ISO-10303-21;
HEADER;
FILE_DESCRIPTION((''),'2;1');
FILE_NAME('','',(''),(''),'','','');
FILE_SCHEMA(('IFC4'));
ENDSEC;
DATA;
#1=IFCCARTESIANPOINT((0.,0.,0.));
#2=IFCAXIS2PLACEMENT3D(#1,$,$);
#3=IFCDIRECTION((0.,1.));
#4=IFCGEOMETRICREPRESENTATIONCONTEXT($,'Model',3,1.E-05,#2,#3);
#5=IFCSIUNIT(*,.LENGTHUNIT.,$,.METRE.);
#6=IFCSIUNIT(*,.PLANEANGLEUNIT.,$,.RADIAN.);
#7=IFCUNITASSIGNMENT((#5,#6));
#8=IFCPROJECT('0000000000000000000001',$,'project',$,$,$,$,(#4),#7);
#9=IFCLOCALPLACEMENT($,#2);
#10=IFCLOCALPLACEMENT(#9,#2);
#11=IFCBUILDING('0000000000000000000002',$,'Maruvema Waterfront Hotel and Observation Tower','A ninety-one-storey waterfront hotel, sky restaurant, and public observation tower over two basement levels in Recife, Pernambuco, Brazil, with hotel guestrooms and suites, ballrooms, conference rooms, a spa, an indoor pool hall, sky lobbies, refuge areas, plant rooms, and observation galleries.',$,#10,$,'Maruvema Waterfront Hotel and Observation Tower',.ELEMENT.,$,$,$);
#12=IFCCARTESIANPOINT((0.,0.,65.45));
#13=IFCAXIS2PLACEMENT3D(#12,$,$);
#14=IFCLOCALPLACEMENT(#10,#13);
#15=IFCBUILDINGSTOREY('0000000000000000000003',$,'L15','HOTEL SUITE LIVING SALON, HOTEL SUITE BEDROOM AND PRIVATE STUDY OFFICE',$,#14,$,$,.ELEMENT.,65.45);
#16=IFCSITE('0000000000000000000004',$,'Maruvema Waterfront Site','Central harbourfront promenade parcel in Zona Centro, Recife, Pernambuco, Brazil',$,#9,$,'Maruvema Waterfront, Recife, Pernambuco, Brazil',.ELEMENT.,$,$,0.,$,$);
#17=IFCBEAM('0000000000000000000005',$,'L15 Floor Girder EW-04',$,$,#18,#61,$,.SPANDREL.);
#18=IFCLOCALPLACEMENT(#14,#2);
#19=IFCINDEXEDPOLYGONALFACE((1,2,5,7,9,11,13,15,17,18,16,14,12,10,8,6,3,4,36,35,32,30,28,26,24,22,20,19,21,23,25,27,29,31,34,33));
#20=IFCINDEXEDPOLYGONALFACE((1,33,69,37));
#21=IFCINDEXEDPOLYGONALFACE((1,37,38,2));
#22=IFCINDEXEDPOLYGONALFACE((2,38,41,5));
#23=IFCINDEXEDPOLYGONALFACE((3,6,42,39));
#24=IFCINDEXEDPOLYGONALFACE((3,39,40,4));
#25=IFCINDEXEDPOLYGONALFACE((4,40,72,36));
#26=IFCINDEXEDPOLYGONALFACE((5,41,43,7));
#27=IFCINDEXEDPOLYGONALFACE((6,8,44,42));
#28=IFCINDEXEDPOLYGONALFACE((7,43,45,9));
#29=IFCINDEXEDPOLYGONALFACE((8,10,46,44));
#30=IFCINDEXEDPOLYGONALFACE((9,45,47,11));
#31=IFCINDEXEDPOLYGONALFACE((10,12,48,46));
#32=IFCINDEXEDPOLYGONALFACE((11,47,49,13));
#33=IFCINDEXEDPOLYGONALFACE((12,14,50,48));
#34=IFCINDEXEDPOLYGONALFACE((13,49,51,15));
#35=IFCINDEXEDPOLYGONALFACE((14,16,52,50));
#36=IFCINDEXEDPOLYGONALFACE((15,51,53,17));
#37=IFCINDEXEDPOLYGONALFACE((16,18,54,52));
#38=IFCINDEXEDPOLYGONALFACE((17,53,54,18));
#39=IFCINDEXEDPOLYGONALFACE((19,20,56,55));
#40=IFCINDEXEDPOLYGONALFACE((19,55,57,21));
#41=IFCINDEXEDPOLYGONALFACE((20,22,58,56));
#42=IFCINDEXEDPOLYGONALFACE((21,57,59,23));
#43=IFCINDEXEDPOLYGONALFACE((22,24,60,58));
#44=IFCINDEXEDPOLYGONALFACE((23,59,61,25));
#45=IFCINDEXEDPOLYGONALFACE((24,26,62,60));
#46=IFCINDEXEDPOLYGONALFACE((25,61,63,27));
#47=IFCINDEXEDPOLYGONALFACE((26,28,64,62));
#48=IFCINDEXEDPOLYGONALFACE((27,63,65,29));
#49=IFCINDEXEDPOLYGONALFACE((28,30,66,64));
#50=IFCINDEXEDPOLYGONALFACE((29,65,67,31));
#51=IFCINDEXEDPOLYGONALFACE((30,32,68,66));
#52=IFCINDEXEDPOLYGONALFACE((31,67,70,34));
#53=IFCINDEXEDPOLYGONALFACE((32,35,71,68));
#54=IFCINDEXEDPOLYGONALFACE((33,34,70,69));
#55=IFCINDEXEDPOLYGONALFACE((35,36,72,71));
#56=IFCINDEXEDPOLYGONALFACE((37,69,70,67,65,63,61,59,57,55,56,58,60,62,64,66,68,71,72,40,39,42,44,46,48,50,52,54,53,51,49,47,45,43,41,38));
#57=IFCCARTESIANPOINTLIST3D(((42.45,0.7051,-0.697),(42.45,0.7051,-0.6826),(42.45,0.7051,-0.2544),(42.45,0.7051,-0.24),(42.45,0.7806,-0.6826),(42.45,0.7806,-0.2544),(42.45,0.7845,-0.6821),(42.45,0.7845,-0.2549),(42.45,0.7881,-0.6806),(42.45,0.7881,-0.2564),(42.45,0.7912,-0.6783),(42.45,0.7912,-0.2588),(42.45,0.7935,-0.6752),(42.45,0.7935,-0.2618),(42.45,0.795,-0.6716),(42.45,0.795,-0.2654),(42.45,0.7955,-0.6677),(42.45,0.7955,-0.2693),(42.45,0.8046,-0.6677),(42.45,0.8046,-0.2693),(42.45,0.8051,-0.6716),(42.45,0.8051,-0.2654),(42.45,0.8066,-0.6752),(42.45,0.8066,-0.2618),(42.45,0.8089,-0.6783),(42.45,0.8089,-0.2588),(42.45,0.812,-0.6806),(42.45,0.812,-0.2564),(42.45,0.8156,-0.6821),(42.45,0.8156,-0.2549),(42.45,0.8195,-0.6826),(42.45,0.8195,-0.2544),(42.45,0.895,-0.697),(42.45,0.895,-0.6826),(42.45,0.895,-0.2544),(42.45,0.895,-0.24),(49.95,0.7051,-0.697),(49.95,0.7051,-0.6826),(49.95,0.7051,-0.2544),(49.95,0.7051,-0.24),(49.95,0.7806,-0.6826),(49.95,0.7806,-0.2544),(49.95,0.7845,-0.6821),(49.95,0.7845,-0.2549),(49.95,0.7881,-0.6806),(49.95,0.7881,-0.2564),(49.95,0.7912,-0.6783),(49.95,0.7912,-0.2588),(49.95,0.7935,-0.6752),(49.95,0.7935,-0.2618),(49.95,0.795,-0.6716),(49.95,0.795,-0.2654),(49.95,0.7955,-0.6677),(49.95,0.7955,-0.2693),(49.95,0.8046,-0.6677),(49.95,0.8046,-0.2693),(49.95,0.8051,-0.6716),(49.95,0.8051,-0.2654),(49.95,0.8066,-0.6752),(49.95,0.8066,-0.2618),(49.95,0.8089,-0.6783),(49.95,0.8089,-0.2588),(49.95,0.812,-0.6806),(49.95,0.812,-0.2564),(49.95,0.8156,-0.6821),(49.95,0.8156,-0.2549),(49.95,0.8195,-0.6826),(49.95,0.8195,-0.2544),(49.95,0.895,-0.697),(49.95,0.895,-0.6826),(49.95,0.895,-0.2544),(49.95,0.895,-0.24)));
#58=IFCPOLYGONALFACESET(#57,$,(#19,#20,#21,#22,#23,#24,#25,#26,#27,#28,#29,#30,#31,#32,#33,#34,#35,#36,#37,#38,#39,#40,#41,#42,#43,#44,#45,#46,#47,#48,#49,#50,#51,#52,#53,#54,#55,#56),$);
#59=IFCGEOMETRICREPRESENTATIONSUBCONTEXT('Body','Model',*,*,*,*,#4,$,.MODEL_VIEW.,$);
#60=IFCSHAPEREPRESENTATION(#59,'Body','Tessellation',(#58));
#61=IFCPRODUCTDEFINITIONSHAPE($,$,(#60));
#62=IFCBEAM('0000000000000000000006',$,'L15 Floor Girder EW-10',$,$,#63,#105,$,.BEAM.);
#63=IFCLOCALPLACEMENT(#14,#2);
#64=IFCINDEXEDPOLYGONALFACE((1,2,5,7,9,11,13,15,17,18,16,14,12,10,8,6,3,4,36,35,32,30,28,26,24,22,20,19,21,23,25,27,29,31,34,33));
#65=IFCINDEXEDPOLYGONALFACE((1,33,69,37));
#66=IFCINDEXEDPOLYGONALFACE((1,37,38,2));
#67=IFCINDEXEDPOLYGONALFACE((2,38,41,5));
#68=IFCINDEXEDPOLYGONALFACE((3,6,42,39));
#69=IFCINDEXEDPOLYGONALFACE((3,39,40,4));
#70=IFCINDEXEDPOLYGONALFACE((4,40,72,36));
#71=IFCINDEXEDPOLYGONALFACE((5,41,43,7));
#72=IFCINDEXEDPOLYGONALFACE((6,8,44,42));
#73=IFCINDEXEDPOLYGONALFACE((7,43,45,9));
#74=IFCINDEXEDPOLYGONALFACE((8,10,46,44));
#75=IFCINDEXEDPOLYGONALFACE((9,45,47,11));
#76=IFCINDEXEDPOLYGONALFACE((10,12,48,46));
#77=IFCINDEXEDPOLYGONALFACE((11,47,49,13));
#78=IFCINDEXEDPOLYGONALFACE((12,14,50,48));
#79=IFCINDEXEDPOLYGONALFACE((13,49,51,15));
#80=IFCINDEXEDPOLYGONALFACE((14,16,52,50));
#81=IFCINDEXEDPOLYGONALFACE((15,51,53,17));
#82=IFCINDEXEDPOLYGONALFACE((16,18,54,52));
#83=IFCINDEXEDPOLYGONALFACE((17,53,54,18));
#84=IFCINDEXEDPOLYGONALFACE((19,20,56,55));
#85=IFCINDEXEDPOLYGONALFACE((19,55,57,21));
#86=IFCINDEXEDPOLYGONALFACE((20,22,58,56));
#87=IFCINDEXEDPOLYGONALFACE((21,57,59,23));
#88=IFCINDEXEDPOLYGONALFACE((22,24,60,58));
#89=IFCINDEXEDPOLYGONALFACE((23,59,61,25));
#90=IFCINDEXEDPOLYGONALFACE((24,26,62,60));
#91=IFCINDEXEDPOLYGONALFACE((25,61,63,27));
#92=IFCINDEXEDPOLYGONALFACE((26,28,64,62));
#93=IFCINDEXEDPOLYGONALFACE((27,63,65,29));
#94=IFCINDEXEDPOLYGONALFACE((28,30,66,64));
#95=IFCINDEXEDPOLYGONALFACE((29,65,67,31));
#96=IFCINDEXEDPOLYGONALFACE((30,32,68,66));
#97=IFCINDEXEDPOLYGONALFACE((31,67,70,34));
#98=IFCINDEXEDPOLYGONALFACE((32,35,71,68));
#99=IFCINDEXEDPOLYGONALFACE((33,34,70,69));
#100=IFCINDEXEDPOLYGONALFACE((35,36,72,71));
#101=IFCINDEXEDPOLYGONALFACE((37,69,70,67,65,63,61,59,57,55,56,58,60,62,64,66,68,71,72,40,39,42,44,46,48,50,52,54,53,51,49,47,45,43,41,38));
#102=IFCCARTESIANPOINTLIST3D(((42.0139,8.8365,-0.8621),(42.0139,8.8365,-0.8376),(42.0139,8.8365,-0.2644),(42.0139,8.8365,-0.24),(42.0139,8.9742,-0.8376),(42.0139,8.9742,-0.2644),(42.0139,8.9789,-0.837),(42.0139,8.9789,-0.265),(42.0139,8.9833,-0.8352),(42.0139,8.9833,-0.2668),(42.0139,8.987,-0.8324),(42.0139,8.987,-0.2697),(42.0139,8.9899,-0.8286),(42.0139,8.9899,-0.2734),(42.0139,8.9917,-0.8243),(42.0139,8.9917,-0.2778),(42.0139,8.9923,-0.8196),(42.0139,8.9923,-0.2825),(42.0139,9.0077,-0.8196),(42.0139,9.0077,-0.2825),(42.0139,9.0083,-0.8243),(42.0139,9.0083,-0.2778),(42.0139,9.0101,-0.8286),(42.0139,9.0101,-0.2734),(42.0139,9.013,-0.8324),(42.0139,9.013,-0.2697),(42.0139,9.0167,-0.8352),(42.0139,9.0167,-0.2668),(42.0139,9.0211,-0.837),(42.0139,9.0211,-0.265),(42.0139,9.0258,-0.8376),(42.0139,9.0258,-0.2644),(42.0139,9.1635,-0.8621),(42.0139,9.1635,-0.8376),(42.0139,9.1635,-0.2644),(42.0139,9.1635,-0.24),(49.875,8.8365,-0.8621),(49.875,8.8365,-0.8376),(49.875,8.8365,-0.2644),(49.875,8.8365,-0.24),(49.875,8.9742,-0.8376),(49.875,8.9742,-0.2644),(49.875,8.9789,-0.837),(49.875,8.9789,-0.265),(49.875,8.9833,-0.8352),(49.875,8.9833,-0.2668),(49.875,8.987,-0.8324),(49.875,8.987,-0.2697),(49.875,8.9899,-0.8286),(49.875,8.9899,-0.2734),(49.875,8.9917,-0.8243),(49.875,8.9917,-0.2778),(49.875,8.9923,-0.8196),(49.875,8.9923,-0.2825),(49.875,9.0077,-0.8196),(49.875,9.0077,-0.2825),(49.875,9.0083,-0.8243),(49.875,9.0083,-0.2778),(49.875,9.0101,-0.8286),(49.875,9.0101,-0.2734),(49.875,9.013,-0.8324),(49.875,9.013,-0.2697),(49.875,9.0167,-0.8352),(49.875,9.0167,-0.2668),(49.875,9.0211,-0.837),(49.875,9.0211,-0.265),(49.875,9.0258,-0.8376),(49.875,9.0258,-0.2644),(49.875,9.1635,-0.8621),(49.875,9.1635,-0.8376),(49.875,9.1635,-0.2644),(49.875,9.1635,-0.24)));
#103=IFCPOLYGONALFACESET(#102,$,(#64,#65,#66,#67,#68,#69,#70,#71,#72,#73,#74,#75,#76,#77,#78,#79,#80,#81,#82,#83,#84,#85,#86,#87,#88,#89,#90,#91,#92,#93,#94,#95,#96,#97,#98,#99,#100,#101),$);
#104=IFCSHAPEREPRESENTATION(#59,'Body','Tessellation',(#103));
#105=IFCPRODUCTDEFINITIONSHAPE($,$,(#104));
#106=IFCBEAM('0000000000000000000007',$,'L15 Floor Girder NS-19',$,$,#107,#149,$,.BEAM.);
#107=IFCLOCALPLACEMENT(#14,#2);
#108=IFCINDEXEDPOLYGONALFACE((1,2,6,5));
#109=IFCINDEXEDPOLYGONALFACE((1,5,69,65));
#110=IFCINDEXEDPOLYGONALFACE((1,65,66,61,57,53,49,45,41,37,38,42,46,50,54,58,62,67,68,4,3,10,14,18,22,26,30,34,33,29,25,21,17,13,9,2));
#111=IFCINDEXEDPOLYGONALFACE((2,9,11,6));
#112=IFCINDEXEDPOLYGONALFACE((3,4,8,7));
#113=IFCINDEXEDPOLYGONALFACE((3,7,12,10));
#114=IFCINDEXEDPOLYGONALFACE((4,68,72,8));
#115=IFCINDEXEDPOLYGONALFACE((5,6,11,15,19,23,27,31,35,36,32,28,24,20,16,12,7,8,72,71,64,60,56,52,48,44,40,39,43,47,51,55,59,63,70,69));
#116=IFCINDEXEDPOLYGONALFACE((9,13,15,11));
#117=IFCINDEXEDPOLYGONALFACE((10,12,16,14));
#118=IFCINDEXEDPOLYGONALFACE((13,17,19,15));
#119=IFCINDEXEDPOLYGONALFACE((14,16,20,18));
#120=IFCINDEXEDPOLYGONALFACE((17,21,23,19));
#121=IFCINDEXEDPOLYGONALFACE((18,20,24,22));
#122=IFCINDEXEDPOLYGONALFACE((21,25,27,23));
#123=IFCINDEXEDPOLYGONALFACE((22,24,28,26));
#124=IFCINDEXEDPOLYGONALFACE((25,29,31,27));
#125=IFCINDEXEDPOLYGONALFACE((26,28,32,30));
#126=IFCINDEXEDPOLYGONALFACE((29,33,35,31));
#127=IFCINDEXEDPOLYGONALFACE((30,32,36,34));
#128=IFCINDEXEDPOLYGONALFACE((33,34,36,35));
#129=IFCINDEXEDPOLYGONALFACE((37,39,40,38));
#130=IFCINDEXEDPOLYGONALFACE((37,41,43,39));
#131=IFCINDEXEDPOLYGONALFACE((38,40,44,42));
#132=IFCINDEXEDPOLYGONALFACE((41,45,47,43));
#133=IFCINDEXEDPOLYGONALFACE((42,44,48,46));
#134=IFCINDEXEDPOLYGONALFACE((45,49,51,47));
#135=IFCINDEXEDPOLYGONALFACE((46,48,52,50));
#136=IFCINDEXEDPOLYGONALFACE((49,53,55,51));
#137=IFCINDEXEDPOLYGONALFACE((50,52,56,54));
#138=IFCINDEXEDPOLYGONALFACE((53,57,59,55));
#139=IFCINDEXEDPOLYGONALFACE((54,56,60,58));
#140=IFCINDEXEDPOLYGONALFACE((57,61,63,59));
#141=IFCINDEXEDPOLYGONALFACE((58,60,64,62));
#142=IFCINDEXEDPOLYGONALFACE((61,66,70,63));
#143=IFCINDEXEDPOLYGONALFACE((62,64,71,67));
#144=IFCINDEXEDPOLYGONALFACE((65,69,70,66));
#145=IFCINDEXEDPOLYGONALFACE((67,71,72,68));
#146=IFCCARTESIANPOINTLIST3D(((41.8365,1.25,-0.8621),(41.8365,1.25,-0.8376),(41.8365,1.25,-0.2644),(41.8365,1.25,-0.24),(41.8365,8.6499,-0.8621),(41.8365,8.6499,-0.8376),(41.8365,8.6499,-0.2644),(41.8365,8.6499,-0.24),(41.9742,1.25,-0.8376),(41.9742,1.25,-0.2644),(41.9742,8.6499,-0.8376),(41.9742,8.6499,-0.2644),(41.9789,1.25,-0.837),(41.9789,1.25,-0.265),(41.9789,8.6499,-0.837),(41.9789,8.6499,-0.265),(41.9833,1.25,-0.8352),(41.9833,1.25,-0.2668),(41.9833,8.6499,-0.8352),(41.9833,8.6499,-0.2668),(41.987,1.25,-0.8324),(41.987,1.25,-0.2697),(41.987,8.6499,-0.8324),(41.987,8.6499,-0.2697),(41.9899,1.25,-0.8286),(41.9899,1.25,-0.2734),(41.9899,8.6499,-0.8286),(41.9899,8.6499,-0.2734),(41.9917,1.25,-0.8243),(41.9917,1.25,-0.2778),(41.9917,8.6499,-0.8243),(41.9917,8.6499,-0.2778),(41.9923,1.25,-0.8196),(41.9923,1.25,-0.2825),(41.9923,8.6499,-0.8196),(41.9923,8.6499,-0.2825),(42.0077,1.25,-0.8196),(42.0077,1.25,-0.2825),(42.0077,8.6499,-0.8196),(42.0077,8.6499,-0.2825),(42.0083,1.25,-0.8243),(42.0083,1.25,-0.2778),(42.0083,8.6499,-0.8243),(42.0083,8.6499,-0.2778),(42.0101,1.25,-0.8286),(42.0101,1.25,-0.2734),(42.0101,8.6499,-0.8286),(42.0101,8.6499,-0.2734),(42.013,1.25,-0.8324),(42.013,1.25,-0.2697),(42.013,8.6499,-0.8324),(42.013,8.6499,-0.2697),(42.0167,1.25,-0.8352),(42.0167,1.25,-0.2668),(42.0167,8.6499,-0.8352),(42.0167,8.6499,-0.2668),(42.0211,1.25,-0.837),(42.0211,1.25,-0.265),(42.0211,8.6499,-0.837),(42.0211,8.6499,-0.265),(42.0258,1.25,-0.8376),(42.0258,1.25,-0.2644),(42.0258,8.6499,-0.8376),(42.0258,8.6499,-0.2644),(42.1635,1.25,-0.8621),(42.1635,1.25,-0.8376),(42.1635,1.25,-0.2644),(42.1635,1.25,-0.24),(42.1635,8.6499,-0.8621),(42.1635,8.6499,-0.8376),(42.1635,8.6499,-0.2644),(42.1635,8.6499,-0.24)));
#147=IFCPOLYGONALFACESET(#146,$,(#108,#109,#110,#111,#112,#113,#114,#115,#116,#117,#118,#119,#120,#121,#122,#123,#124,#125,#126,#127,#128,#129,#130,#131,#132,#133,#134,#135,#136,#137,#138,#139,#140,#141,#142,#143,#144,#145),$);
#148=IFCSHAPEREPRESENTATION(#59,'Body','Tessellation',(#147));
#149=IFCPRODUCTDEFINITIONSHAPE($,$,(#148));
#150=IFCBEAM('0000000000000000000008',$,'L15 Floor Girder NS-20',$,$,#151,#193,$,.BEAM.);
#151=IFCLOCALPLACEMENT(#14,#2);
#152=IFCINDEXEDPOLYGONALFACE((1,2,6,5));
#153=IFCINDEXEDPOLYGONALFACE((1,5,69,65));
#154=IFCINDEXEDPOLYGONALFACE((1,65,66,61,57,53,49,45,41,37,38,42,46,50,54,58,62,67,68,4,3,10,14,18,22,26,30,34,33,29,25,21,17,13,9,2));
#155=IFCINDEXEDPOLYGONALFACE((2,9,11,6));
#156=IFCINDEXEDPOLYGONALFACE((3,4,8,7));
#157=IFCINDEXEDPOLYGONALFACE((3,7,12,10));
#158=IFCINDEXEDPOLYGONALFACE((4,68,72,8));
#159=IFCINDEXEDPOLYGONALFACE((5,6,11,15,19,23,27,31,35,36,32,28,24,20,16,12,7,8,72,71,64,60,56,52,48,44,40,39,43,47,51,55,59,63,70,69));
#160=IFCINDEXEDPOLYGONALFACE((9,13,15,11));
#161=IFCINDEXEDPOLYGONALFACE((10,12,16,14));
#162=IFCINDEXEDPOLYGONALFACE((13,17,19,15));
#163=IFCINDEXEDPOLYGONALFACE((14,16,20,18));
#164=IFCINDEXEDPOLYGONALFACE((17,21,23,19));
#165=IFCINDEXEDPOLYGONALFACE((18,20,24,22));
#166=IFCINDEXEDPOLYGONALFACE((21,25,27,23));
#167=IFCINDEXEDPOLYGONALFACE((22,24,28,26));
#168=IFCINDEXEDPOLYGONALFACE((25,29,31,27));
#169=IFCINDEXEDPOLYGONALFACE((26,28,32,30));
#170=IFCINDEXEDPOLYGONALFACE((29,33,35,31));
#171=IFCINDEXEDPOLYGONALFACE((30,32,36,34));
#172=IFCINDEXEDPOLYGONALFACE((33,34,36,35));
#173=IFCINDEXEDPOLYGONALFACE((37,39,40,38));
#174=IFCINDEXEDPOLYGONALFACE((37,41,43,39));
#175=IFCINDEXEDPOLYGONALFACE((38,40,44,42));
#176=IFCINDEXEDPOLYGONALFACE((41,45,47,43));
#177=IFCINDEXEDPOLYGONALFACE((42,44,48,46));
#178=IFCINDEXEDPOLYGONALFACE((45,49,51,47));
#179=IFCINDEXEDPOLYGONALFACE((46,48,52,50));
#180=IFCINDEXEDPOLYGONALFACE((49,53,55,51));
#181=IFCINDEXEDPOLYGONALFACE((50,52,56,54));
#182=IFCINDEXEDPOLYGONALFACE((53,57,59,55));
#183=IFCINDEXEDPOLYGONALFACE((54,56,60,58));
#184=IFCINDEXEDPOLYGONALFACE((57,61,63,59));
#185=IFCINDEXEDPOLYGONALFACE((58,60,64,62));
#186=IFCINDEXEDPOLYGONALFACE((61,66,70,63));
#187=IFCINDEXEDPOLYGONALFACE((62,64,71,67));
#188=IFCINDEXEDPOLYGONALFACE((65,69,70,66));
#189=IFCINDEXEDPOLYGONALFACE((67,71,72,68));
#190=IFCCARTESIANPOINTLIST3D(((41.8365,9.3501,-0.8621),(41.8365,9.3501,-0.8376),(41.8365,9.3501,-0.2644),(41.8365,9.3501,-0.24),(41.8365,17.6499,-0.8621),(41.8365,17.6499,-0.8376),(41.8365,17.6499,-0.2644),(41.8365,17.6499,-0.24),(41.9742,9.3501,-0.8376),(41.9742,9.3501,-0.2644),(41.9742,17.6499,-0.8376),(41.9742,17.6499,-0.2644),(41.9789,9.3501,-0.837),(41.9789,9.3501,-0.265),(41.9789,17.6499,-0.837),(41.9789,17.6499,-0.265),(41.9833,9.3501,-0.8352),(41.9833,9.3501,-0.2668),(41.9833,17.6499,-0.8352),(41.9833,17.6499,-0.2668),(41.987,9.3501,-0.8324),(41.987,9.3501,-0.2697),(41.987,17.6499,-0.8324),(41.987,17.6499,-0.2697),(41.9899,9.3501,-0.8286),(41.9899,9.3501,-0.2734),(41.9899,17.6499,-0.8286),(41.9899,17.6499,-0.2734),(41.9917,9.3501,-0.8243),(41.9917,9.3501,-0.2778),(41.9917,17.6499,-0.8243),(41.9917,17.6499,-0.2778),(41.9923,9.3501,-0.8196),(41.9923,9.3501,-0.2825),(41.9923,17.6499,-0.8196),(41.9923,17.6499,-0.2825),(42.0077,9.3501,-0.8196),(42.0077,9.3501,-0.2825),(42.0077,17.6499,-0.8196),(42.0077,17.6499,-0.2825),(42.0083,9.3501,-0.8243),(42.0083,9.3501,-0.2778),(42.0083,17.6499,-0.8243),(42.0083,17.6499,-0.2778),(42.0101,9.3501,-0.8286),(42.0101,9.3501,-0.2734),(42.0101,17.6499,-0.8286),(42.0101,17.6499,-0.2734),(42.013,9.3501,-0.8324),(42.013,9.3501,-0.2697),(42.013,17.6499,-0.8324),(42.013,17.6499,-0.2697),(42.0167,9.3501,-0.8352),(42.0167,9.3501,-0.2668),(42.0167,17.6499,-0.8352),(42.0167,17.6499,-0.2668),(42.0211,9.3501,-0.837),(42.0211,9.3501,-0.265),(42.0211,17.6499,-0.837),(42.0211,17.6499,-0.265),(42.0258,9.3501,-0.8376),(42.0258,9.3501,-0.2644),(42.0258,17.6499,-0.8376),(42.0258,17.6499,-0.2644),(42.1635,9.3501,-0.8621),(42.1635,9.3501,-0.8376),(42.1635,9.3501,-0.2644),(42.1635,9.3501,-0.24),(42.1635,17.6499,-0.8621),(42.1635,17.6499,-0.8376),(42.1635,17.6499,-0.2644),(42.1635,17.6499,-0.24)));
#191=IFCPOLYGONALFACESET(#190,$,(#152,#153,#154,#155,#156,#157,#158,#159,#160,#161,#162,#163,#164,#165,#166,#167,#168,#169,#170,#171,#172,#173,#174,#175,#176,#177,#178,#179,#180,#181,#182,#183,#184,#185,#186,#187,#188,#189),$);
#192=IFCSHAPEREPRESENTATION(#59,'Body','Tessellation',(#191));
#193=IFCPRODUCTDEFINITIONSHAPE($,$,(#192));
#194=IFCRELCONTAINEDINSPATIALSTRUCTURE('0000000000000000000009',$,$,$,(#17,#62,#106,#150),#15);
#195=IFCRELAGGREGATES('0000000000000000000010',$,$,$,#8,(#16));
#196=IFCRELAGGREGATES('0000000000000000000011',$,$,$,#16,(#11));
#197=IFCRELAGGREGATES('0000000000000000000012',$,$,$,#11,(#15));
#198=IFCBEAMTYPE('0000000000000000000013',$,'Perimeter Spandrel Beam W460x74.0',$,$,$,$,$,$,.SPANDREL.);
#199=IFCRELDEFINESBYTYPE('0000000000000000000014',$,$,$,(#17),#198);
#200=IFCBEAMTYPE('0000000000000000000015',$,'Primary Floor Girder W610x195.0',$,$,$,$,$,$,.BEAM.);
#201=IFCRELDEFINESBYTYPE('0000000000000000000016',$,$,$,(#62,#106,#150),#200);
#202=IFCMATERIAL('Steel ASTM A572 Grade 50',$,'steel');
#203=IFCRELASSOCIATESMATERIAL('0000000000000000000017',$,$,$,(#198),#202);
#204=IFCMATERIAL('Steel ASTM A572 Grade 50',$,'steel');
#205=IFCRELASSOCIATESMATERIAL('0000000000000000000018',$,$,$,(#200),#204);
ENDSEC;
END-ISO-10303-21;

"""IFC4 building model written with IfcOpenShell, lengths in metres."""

from ifc_helpers import new_model, si_unit, direction, frame, origin, origin_2d, place, context, subcontext, project, spatial, i_section, extrude, material, material_profile, profile_set, type_object, element, save


model = new_model("IFC4")

# Units and contexts
model_context = context("Model", 3, precision=1e-05, world=origin(), true_north=direction((0.0, 1.0)))
body_context = subcontext(model_context, "Body", "Model", "MODEL_VIEW")
ifc_project = project(units=[si_unit("LENGTHUNIT", "METRE"), si_unit("PLANEANGLEUNIT", "RADIAN")], contexts=[model_context])

# Site, building, storey
site_placement = place(None, origin())
site = spatial("IfcSite", under=ifc_project, at=site_placement, Name="Maruvema Waterfront Site", Description="Central harbourfront promenade parcel in Zona Centro, Recife, Pernambuco, Brazil", LongName="Maruvema Waterfront, Recife, Pernambuco, Brazil", CompositionType="ELEMENT", RefElevation=0.0)
building_placement = place(site_placement, origin())
building = spatial("IfcBuilding", under=site, at=building_placement, Name="Maruvema Waterfront Hotel and Observation Tower", Description="A ninety-one-storey waterfront hotel, sky restaurant, and public observation tower over two basement levels in Recife, Pernambuco, Brazil, with hotel guestrooms and suites, ballrooms, conference rooms, a spa, an indoor pool hall, sky lobbies, refuge areas, plant rooms, and observation galleries.", LongName="Maruvema Waterfront Hotel and Observation Tower", CompositionType="ELEMENT")
storey_placement = place(building_placement, frame((0.0, 0.0, 65.45)))
storey = spatial("IfcBuildingStorey", under=building, at=storey_placement, Name="L15", Description="HOTEL SUITE LIVING SALON, HOTEL SUITE BEDROOM AND PRIVATE STUDY OFFICE", CompositionType="ELEMENT", Elevation=65.45)

# Beams
ifc_material_1 = material(Name="Steel ASTM A572 Grade 50", Category="steel")
ifc_material_profile_1 = material_profile(ifc_material_1, i_section(OverallWidth=0.1899, OverallDepth=0.457, WebThickness=0.009, FlangeThickness=0.0144, FilletRadius=0.0149, at=origin_2d()), Name="W460x74.0")
ifc_profile_set_1 = profile_set([ifc_material_profile_1], Name="Steel ASTM A572 Grade 50")
beam_type_1 = type_object("IfcBeamType", Name="Perimeter Spandrel Beam W460x74.0", PredefinedType="SPANDREL", material=ifc_profile_set_1)
beam_1_placement = place(storey_placement, frame((42.45, 0.8, -0.4685), z_axis=(1.0, 0.0, 0.0), x_axis=(0.0, 1.0, 0.0)))
element("IfcBeam", 1, at=beam_1_placement, inside=storey, type_object=beam_type_1, Name="L15 Floor Girder EW-04", PredefinedType="SPANDREL", context=body_context, shape_type="SweptSolid", body=[
    extrude(i_section(OverallWidth=0.1899, OverallDepth=0.457, WebThickness=0.009, FlangeThickness=0.0144, FilletRadius=0.0149, at=origin_2d()), origin(), (0.0, 0.0, 1.0), 7.5),
])
ifc_material_2 = material(Name="Steel ASTM A572 Grade 50", Category="steel")
ifc_material_profile_2 = material_profile(ifc_material_2, i_section(OverallWidth=0.3269, OverallDepth=0.6221, WebThickness=0.0154, FlangeThickness=0.0244, FilletRadius=0.0181, at=origin_2d()), Name="W610x195.0")
ifc_profile_set_2 = profile_set([ifc_material_profile_2], Name="Steel ASTM A572 Grade 50")
beam_type_2 = type_object("IfcBeamType", Name="Primary Floor Girder W610x195.0", PredefinedType="BEAM", material=ifc_profile_set_2)
beam_2_placement = place(storey_placement, frame((42.0139, 9.0, -0.551), z_axis=(1.0, 0.0, 0.0), x_axis=(0.0, 1.0, 0.0)))
element("IfcBeam", 2, at=beam_2_placement, inside=storey, type_object=beam_type_2, Name="L15 Floor Girder EW-10", PredefinedType="BEAM", context=body_context, shape_type="SweptSolid", body=[
    extrude(i_section(OverallWidth=0.3269, OverallDepth=0.6221, WebThickness=0.0154, FlangeThickness=0.0244, FilletRadius=0.0181, at=origin_2d()), origin(), (0.0, 0.0, 1.0), 7.8611),
])
beam_3_placement = place(storey_placement, frame((42.0, 1.25, -0.551), z_axis=(0.0, 1.0, 0.0), x_axis=(-1.0, 0.0, 0.0)))
element("IfcBeam", 3, at=beam_3_placement, inside=storey, type_object=beam_type_2, Name="L15 Floor Girder NS-19", PredefinedType="BEAM", context=body_context, shape_type="SweptSolid", body=[
    extrude(i_section(OverallWidth=0.3269, OverallDepth=0.6221, WebThickness=0.0154, FlangeThickness=0.0244, FilletRadius=0.0181, at=origin_2d()), origin(), (0.0, 0.0, 1.0), 7.3999),
])
beam_4_placement = place(storey_placement, frame((42.0, 9.3501, -0.551), z_axis=(0.0, 1.0, 0.0), x_axis=(-1.0, 0.0, 0.0)))
element("IfcBeam", 4, at=beam_4_placement, inside=storey, type_object=beam_type_2, Name="L15 Floor Girder NS-20", PredefinedType="BEAM", context=body_context, shape_type="SweptSolid", body=[
    extrude(i_section(OverallWidth=0.3269, OverallDepth=0.6221, WebThickness=0.0154, FlangeThickness=0.0244, FilletRadius=0.0181, at=origin_2d()), origin(), (0.0, 0.0, 1.0), 8.2998),
])

save(model, "model.ifc")
